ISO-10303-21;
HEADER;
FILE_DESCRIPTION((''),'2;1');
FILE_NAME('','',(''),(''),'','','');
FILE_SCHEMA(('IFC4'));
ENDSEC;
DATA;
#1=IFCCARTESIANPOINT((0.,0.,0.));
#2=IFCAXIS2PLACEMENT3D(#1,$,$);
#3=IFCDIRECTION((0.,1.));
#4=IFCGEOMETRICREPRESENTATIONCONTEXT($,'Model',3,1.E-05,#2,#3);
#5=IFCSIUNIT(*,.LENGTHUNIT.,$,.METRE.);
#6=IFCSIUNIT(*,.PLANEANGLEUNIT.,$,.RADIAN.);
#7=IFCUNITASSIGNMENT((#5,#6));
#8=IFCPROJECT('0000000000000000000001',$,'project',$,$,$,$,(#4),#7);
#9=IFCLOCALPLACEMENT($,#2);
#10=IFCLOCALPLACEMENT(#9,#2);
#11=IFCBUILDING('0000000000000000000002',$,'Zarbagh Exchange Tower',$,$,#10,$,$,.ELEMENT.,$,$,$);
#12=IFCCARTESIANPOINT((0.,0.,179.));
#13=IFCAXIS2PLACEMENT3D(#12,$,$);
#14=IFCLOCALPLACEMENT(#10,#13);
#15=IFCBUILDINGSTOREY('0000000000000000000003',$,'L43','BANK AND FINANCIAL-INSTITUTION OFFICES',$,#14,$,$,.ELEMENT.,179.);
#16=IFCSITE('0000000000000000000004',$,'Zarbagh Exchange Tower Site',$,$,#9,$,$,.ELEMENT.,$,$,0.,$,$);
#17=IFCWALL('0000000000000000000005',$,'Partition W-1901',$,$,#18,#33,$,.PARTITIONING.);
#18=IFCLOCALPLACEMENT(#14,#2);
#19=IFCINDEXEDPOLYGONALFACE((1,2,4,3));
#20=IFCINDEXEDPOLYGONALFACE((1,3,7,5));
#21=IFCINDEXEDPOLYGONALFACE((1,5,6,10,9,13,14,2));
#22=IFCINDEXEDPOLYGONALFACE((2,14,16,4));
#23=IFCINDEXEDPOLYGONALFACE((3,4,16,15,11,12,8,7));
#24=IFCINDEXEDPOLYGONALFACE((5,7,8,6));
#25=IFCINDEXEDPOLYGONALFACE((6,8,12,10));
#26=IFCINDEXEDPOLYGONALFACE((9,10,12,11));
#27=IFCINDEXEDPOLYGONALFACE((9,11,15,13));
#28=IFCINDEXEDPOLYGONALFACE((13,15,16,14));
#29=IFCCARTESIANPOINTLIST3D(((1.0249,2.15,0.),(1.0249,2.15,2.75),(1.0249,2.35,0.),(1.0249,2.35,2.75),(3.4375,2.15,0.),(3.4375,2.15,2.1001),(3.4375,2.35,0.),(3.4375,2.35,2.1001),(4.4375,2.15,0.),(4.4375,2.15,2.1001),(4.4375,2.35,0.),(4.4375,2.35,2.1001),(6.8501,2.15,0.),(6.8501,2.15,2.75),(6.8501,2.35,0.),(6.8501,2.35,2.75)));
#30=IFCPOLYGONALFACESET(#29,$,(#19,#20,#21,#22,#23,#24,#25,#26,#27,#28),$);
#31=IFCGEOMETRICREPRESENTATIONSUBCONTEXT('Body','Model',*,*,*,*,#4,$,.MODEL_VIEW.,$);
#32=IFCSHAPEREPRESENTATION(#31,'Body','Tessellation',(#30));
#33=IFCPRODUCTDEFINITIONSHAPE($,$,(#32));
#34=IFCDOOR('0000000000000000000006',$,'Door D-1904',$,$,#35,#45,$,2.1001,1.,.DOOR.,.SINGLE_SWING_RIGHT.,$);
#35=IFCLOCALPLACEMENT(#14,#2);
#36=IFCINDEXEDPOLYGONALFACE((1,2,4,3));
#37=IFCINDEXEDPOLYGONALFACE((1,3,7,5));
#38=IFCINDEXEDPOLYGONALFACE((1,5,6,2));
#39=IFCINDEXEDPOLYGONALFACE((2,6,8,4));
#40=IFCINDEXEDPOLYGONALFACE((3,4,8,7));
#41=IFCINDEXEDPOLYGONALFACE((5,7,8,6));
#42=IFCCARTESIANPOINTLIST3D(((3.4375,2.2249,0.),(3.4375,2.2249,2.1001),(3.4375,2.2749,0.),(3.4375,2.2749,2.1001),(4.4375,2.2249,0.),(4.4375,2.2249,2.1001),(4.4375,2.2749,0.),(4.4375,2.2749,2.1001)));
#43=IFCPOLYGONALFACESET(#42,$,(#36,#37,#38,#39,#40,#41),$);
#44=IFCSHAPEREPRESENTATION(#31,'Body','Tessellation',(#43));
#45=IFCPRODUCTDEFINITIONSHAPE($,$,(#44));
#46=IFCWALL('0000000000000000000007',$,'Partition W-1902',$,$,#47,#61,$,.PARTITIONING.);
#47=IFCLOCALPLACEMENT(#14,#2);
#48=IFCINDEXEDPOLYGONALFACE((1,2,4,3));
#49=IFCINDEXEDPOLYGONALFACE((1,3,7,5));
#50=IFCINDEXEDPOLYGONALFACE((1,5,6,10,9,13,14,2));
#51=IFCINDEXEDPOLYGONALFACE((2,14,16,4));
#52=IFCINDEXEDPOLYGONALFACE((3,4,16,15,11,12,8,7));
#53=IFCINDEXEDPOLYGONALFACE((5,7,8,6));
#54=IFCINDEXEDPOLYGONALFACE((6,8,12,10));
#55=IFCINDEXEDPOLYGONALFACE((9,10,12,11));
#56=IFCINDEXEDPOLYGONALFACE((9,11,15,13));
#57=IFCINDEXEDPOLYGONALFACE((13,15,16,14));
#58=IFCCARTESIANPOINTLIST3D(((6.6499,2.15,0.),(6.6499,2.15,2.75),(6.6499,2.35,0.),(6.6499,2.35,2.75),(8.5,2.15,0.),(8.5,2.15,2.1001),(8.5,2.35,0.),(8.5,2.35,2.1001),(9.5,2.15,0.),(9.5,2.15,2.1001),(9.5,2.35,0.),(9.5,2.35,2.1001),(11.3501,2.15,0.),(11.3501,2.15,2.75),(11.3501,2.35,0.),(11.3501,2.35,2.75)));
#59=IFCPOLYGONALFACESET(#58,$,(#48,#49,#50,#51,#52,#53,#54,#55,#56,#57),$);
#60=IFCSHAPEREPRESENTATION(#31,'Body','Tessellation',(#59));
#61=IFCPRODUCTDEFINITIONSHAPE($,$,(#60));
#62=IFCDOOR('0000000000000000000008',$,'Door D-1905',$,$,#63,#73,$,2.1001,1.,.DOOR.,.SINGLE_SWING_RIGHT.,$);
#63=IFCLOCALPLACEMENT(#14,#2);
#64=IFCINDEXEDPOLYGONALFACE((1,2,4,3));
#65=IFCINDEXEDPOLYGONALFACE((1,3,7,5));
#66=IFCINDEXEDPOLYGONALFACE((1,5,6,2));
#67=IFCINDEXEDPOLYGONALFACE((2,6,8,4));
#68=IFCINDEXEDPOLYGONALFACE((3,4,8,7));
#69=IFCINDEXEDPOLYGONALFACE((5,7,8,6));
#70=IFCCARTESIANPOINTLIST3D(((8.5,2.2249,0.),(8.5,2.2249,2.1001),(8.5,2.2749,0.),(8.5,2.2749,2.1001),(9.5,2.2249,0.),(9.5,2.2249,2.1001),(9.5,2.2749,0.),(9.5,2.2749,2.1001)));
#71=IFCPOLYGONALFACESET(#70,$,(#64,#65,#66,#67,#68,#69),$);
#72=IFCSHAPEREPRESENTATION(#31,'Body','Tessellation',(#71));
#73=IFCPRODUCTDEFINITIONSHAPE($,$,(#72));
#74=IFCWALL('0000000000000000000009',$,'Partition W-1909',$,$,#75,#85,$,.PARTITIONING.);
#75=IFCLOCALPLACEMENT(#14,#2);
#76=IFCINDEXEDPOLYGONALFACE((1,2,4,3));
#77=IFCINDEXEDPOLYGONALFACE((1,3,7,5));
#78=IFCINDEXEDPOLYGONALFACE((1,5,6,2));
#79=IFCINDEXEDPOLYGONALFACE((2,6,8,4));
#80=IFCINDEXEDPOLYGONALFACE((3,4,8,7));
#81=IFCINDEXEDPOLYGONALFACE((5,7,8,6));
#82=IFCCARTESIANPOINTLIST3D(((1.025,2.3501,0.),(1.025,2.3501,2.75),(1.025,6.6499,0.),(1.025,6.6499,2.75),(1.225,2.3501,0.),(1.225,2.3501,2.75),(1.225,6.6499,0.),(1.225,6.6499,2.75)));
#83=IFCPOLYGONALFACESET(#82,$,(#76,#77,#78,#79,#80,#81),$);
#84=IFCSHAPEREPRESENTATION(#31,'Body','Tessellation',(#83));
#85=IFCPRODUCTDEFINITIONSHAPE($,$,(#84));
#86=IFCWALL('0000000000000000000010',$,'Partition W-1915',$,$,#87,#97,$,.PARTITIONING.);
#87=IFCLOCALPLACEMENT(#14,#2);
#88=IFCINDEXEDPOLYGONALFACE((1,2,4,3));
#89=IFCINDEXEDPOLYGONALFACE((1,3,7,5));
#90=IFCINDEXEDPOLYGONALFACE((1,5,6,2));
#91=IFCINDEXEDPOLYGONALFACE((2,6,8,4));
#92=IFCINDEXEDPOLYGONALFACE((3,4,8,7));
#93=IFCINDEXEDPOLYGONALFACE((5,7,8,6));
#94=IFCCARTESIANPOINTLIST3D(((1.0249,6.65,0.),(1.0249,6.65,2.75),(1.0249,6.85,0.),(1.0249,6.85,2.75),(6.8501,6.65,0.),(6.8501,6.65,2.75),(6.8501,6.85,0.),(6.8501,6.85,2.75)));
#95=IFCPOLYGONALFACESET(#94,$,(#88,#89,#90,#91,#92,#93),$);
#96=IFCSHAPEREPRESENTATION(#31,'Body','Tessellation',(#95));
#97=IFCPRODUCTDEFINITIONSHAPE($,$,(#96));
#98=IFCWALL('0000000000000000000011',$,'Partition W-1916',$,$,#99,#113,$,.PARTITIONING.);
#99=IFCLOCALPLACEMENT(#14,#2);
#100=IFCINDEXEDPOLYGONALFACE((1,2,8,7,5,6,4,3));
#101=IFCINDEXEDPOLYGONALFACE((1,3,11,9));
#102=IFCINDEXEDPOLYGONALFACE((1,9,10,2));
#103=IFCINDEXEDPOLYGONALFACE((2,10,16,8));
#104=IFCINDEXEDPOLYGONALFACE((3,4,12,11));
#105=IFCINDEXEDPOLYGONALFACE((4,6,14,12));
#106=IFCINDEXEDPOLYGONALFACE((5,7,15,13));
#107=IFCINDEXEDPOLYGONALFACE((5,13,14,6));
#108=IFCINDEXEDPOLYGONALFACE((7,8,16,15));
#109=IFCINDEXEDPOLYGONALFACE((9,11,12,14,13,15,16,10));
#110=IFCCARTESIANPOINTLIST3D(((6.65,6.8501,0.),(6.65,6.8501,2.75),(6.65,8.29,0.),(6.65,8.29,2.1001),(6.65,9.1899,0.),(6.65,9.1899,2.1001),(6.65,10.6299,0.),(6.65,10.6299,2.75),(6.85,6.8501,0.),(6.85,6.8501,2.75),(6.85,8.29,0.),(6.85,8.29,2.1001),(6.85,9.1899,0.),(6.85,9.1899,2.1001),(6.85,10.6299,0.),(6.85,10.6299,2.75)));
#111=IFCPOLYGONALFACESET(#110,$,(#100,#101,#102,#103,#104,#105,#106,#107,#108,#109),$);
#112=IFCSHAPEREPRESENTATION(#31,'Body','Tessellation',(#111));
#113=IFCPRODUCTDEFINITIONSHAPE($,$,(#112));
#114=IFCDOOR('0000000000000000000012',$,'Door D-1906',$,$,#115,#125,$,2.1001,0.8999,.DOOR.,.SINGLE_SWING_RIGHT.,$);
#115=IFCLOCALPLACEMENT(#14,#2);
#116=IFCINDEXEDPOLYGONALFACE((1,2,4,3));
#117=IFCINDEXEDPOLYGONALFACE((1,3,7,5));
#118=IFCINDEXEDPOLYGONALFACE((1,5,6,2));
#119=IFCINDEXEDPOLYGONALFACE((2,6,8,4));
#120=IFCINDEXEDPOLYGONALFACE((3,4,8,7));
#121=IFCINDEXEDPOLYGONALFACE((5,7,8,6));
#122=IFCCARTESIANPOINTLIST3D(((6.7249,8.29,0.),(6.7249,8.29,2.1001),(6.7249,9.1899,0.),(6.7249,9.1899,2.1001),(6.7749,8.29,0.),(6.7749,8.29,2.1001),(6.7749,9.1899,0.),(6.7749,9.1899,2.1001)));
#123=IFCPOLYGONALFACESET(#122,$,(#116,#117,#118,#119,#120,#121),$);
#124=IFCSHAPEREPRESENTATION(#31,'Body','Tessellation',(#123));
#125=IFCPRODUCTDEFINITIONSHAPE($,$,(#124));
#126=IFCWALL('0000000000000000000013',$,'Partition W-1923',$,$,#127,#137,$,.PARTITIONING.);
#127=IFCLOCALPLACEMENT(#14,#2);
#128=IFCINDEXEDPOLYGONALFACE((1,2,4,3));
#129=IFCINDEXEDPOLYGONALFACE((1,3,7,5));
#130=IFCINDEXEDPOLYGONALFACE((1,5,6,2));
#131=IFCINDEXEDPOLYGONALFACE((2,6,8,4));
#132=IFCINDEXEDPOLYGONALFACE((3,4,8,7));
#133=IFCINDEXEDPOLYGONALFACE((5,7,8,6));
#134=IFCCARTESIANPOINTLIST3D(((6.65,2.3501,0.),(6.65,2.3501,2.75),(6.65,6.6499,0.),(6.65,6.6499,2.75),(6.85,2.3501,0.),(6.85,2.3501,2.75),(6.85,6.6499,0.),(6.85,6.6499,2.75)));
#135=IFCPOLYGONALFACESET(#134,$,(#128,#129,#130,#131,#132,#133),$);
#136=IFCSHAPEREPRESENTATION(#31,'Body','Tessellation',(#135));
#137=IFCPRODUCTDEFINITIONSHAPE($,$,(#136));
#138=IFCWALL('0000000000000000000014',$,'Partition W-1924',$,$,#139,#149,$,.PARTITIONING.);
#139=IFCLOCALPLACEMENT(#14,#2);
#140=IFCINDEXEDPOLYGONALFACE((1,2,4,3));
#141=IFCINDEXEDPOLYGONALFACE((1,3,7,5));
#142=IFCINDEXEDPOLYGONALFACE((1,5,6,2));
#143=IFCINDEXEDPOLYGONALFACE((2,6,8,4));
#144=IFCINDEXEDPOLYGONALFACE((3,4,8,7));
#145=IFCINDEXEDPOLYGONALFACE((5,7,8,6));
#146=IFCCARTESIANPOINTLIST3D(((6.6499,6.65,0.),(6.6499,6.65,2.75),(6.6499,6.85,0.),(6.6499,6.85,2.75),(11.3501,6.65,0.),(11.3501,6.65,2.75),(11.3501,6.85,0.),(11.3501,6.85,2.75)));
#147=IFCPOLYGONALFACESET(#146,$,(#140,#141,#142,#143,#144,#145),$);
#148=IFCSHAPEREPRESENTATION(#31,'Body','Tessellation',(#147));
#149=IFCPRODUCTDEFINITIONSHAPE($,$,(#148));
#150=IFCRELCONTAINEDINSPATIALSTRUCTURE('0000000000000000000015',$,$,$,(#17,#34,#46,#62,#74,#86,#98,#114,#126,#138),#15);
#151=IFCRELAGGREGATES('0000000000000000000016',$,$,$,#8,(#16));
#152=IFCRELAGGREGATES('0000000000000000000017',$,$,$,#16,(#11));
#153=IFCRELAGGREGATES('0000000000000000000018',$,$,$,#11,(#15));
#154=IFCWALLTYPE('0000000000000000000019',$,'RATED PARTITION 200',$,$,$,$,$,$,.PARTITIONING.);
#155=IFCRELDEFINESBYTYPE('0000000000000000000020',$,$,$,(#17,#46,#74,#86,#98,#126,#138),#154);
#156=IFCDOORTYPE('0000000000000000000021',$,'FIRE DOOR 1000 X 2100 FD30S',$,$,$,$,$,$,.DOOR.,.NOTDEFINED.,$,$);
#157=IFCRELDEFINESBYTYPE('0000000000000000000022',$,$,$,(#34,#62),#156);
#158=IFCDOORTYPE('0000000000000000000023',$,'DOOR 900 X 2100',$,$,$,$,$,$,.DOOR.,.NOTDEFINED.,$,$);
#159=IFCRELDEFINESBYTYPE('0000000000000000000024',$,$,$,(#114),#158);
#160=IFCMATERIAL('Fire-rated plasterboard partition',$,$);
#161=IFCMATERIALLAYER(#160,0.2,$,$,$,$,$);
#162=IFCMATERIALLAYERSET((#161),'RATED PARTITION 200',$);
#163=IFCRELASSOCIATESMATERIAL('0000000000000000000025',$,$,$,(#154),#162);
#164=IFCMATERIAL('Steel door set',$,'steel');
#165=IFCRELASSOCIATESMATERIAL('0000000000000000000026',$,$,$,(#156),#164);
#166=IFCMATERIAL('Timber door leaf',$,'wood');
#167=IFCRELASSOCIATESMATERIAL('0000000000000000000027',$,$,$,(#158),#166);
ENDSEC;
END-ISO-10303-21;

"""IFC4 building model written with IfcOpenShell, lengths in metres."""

from ifc_helpers import new_model, si_unit, direction, frame, frame_2d, origin, place, context, subcontext, project, spatial, rectangle, extrude, material, layer, layer_set, type_object, element, fill, save


model = new_model("IFC4")

# Units and contexts
model_context = context("Model", 3, precision=1e-05, world=origin(), true_north=direction((0.0, 1.0)))
body_context = subcontext(model_context, "Body", "Model", "MODEL_VIEW")
ifc_project = project(units=[si_unit("LENGTHUNIT", "METRE"), si_unit("PLANEANGLEUNIT", "RADIAN")], contexts=[model_context])

# Site, building, storey
site_placement = place(None, origin())
site = spatial("IfcSite", under=ifc_project, at=site_placement, Name="Zarbagh Exchange Tower Site", CompositionType="ELEMENT", RefElevation=0.0)
building_placement = place(site_placement, origin())
building = spatial("IfcBuilding", under=site, at=building_placement, Name="Zarbagh Exchange Tower", CompositionType="ELEMENT")
storey_placement = place(building_placement, frame((0.0, 0.0, 179.0)))
storey = spatial("IfcBuildingStorey", under=building, at=storey_placement, Name="L43", Description="BANK AND FINANCIAL-INSTITUTION OFFICES", CompositionType="ELEMENT", Elevation=179.0)

# Walls, openings, doors
ifc_material_1 = material(Name="Fire-rated plasterboard partition")
ifc_layer_1 = layer(ifc_material_1, 0.2)
ifc_layer_set_1 = layer_set([ifc_layer_1], Name="RATED PARTITION 200")
wall_type_1 = type_object("IfcWallType", Name="RATED PARTITION 200", PredefinedType="PARTITIONING", material=ifc_layer_set_1)
wall_1_placement = place(storey_placement, frame((1.0249, 2.25, 0.0), z_axis=(0.0, 0.0, 1.0), x_axis=(1.0, 0.0, 0.0)))
wall_1 = element("IfcWall", 1, at=wall_1_placement, inside=storey, type_object=wall_type_1, Name="Partition W-1901", PredefinedType="PARTITIONING", context=body_context, shape_type="SweptSolid", body=[
    extrude(rectangle(XDim=5.8252, YDim=0.2, at=frame_2d((2.9126, 0.0))), origin(), (0.0, 0.0, 1.0), 2.75),
])
opening_1_placement = place(wall_1_placement, frame((2.4126, 0.0, 0.0)))
opening_1 = element("IfcOpeningElement", 2, at=opening_1_placement, cuts=wall_1, PredefinedType="OPENING", context=body_context, shape_type="SweptSolid", body=[
    extrude(rectangle(XDim=1.0, YDim=2.1001, at=frame_2d((0.5, 1.05))), frame((0.0, 0.1099, 0.0), z_axis=(0.0, -1.0, 0.0), x_axis=(1.0, 0.0, 0.0)), (0.0, 0.0, 1.0), 0.22),
])
ifc_material_2 = material(Name="Steel door set", Category="steel")
door_type_1 = type_object("IfcDoorType", Name="FIRE DOOR 1000 X 2100 FD30S", OperationType="NOTDEFINED", PredefinedType="DOOR", material=ifc_material_2)
door_1_placement = place(opening_1_placement, origin())
door_1 = element("IfcDoor", 3, at=door_1_placement, inside=storey, type_object=door_type_1, Name="Door D-1904", OperationType="SINGLE_SWING_RIGHT", OverallHeight=2.1001, OverallWidth=1.0, PredefinedType="DOOR", context=body_context, shape_type="SweptSolid", body=[
    extrude(rectangle(XDim=1.0, YDim=2.1001, at=frame_2d((0.5, 1.05))), frame((0.0, 0.0249, 0.0), z_axis=(0.0, -1.0, 0.0), x_axis=(1.0, 0.0, 0.0)), (0.0, 0.0, 1.0), 0.05),
])
fill(opening_1, door_1)
wall_2_placement = place(storey_placement, frame((6.6499, 2.25, 0.0), z_axis=(0.0, 0.0, 1.0), x_axis=(1.0, 0.0, 0.0)))
wall_2 = element("IfcWall", 4, at=wall_2_placement, inside=storey, type_object=wall_type_1, Name="Partition W-1902", PredefinedType="PARTITIONING", context=body_context, shape_type="SweptSolid", body=[
    extrude(rectangle(XDim=4.7002, YDim=0.2, at=frame_2d((2.3501, 0.0))), origin(), (0.0, 0.0, 1.0), 2.75),
])
opening_2_placement = place(wall_2_placement, frame((1.8501, 0.0, 0.0)))
opening_2 = element("IfcOpeningElement", 5, at=opening_2_placement, cuts=wall_2, PredefinedType="OPENING", context=body_context, shape_type="SweptSolid", body=[
    extrude(rectangle(XDim=1.0, YDim=2.1001, at=frame_2d((0.5, 1.05))), frame((0.0, 0.1099, 0.0), z_axis=(0.0, -1.0, 0.0), x_axis=(1.0, 0.0, 0.0)), (0.0, 0.0, 1.0), 0.22),
])
door_2_placement = place(opening_2_placement, origin())
door_2 = element("IfcDoor", 6, at=door_2_placement, inside=storey, type_object=door_type_1, Name="Door D-1905", OperationType="SINGLE_SWING_RIGHT", OverallHeight=2.1001, OverallWidth=1.0, PredefinedType="DOOR", context=body_context, shape_type="SweptSolid", body=[
    extrude(rectangle(XDim=1.0, YDim=2.1001, at=frame_2d((0.5, 1.05))), frame((0.0, 0.0249, 0.0), z_axis=(0.0, -1.0, 0.0), x_axis=(1.0, 0.0, 0.0)), (0.0, 0.0, 1.0), 0.05),
])
fill(opening_2, door_2)

# Walls
wall_3_placement = place(storey_placement, frame((1.125, 2.3501, 0.0), z_axis=(0.0, 0.0, 1.0), x_axis=(0.0, 1.0, 0.0)))
element("IfcWall", 7, at=wall_3_placement, inside=storey, type_object=wall_type_1, Name="Partition W-1909", PredefinedType="PARTITIONING", context=body_context, shape_type="SweptSolid", body=[
    extrude(rectangle(XDim=4.2998, YDim=0.2, at=frame_2d((2.1499, 0.0))), origin(), (0.0, 0.0, 1.0), 2.75),
])
wall_4_placement = place(storey_placement, frame((1.0249, 6.75, 0.0), z_axis=(0.0, 0.0, 1.0), x_axis=(1.0, 0.0, 0.0)))
element("IfcWall", 8, at=wall_4_placement, inside=storey, type_object=wall_type_1, Name="Partition W-1915", PredefinedType="PARTITIONING", context=body_context, shape_type="SweptSolid", body=[
    extrude(rectangle(XDim=5.8252, YDim=0.2, at=frame_2d((2.9126, 0.0))), origin(), (0.0, 0.0, 1.0), 2.75),
])

# Wall, opening, door
wall_5_placement = place(storey_placement, frame((6.75, 10.6299, 0.0), z_axis=(0.0, 0.0, 1.0), x_axis=(0.0, -1.0, 0.0)))
wall_5 = element("IfcWall", 9, at=wall_5_placement, inside=storey, type_object=wall_type_1, Name="Partition W-1916", PredefinedType="PARTITIONING", context=body_context, shape_type="SweptSolid", body=[
    extrude(rectangle(XDim=3.7798, YDim=0.2, at=frame_2d((1.8899, 0.0))), origin(), (0.0, 0.0, 1.0), 2.75),
])
opening_3_placement = place(wall_5_placement, frame((1.4399, 0.0, 0.0)))
opening_3 = element("IfcOpeningElement", 10, at=opening_3_placement, cuts=wall_5, PredefinedType="OPENING", context=body_context, shape_type="SweptSolid", body=[
    extrude(rectangle(XDim=0.8999, YDim=2.1001, at=frame_2d((0.45, 1.05))), frame((0.0, 0.1099, 0.0), z_axis=(0.0, -1.0, 0.0), x_axis=(1.0, 0.0, 0.0)), (0.0, 0.0, 1.0), 0.22),
])
ifc_material_3 = material(Name="Timber door leaf", Category="wood")
door_type_2 = type_object("IfcDoorType", Name="DOOR 900 X 2100", OperationType="NOTDEFINED", PredefinedType="DOOR", material=ifc_material_3)
door_3_placement = place(opening_3_placement, origin())
door_3 = element("IfcDoor", 11, at=door_3_placement, inside=storey, type_object=door_type_2, Name="Door D-1906", OperationType="SINGLE_SWING_RIGHT", OverallHeight=2.1001, OverallWidth=0.8999, PredefinedType="DOOR", context=body_context, shape_type="SweptSolid", body=[
    extrude(rectangle(XDim=0.8999, YDim=2.1001, at=frame_2d((0.45, 1.05))), frame((0.0, 0.0249, 0.0), z_axis=(0.0, -1.0, 0.0), x_axis=(1.0, 0.0, 0.0)), (0.0, 0.0, 1.0), 0.05),
])
fill(opening_3, door_3)

# Walls
wall_6_placement = place(storey_placement, frame((6.75, 2.3501, 0.0), z_axis=(0.0, 0.0, 1.0), x_axis=(0.0, 1.0, 0.0)))
element("IfcWall", 12, at=wall_6_placement, inside=storey, type_object=wall_type_1, Name="Partition W-1923", PredefinedType="PARTITIONING", context=body_context, shape_type="SweptSolid", body=[
    extrude(rectangle(XDim=4.2998, YDim=0.2, at=frame_2d((2.1499, 0.0))), origin(), (0.0, 0.0, 1.0), 2.75),
])
wall_7_placement = place(storey_placement, frame((6.6499, 6.75, 0.0), z_axis=(0.0, 0.0, 1.0), x_axis=(1.0, 0.0, 0.0)))
element("IfcWall", 13, at=wall_7_placement, inside=storey, type_object=wall_type_1, Name="Partition W-1924", PredefinedType="PARTITIONING", context=body_context, shape_type="SweptSolid", body=[
    extrude(rectangle(XDim=4.7002, YDim=0.2, at=frame_2d((2.3501, 0.0))), origin(), (0.0, 0.0, 1.0), 2.75),
])

save(model, "model.ifc")
